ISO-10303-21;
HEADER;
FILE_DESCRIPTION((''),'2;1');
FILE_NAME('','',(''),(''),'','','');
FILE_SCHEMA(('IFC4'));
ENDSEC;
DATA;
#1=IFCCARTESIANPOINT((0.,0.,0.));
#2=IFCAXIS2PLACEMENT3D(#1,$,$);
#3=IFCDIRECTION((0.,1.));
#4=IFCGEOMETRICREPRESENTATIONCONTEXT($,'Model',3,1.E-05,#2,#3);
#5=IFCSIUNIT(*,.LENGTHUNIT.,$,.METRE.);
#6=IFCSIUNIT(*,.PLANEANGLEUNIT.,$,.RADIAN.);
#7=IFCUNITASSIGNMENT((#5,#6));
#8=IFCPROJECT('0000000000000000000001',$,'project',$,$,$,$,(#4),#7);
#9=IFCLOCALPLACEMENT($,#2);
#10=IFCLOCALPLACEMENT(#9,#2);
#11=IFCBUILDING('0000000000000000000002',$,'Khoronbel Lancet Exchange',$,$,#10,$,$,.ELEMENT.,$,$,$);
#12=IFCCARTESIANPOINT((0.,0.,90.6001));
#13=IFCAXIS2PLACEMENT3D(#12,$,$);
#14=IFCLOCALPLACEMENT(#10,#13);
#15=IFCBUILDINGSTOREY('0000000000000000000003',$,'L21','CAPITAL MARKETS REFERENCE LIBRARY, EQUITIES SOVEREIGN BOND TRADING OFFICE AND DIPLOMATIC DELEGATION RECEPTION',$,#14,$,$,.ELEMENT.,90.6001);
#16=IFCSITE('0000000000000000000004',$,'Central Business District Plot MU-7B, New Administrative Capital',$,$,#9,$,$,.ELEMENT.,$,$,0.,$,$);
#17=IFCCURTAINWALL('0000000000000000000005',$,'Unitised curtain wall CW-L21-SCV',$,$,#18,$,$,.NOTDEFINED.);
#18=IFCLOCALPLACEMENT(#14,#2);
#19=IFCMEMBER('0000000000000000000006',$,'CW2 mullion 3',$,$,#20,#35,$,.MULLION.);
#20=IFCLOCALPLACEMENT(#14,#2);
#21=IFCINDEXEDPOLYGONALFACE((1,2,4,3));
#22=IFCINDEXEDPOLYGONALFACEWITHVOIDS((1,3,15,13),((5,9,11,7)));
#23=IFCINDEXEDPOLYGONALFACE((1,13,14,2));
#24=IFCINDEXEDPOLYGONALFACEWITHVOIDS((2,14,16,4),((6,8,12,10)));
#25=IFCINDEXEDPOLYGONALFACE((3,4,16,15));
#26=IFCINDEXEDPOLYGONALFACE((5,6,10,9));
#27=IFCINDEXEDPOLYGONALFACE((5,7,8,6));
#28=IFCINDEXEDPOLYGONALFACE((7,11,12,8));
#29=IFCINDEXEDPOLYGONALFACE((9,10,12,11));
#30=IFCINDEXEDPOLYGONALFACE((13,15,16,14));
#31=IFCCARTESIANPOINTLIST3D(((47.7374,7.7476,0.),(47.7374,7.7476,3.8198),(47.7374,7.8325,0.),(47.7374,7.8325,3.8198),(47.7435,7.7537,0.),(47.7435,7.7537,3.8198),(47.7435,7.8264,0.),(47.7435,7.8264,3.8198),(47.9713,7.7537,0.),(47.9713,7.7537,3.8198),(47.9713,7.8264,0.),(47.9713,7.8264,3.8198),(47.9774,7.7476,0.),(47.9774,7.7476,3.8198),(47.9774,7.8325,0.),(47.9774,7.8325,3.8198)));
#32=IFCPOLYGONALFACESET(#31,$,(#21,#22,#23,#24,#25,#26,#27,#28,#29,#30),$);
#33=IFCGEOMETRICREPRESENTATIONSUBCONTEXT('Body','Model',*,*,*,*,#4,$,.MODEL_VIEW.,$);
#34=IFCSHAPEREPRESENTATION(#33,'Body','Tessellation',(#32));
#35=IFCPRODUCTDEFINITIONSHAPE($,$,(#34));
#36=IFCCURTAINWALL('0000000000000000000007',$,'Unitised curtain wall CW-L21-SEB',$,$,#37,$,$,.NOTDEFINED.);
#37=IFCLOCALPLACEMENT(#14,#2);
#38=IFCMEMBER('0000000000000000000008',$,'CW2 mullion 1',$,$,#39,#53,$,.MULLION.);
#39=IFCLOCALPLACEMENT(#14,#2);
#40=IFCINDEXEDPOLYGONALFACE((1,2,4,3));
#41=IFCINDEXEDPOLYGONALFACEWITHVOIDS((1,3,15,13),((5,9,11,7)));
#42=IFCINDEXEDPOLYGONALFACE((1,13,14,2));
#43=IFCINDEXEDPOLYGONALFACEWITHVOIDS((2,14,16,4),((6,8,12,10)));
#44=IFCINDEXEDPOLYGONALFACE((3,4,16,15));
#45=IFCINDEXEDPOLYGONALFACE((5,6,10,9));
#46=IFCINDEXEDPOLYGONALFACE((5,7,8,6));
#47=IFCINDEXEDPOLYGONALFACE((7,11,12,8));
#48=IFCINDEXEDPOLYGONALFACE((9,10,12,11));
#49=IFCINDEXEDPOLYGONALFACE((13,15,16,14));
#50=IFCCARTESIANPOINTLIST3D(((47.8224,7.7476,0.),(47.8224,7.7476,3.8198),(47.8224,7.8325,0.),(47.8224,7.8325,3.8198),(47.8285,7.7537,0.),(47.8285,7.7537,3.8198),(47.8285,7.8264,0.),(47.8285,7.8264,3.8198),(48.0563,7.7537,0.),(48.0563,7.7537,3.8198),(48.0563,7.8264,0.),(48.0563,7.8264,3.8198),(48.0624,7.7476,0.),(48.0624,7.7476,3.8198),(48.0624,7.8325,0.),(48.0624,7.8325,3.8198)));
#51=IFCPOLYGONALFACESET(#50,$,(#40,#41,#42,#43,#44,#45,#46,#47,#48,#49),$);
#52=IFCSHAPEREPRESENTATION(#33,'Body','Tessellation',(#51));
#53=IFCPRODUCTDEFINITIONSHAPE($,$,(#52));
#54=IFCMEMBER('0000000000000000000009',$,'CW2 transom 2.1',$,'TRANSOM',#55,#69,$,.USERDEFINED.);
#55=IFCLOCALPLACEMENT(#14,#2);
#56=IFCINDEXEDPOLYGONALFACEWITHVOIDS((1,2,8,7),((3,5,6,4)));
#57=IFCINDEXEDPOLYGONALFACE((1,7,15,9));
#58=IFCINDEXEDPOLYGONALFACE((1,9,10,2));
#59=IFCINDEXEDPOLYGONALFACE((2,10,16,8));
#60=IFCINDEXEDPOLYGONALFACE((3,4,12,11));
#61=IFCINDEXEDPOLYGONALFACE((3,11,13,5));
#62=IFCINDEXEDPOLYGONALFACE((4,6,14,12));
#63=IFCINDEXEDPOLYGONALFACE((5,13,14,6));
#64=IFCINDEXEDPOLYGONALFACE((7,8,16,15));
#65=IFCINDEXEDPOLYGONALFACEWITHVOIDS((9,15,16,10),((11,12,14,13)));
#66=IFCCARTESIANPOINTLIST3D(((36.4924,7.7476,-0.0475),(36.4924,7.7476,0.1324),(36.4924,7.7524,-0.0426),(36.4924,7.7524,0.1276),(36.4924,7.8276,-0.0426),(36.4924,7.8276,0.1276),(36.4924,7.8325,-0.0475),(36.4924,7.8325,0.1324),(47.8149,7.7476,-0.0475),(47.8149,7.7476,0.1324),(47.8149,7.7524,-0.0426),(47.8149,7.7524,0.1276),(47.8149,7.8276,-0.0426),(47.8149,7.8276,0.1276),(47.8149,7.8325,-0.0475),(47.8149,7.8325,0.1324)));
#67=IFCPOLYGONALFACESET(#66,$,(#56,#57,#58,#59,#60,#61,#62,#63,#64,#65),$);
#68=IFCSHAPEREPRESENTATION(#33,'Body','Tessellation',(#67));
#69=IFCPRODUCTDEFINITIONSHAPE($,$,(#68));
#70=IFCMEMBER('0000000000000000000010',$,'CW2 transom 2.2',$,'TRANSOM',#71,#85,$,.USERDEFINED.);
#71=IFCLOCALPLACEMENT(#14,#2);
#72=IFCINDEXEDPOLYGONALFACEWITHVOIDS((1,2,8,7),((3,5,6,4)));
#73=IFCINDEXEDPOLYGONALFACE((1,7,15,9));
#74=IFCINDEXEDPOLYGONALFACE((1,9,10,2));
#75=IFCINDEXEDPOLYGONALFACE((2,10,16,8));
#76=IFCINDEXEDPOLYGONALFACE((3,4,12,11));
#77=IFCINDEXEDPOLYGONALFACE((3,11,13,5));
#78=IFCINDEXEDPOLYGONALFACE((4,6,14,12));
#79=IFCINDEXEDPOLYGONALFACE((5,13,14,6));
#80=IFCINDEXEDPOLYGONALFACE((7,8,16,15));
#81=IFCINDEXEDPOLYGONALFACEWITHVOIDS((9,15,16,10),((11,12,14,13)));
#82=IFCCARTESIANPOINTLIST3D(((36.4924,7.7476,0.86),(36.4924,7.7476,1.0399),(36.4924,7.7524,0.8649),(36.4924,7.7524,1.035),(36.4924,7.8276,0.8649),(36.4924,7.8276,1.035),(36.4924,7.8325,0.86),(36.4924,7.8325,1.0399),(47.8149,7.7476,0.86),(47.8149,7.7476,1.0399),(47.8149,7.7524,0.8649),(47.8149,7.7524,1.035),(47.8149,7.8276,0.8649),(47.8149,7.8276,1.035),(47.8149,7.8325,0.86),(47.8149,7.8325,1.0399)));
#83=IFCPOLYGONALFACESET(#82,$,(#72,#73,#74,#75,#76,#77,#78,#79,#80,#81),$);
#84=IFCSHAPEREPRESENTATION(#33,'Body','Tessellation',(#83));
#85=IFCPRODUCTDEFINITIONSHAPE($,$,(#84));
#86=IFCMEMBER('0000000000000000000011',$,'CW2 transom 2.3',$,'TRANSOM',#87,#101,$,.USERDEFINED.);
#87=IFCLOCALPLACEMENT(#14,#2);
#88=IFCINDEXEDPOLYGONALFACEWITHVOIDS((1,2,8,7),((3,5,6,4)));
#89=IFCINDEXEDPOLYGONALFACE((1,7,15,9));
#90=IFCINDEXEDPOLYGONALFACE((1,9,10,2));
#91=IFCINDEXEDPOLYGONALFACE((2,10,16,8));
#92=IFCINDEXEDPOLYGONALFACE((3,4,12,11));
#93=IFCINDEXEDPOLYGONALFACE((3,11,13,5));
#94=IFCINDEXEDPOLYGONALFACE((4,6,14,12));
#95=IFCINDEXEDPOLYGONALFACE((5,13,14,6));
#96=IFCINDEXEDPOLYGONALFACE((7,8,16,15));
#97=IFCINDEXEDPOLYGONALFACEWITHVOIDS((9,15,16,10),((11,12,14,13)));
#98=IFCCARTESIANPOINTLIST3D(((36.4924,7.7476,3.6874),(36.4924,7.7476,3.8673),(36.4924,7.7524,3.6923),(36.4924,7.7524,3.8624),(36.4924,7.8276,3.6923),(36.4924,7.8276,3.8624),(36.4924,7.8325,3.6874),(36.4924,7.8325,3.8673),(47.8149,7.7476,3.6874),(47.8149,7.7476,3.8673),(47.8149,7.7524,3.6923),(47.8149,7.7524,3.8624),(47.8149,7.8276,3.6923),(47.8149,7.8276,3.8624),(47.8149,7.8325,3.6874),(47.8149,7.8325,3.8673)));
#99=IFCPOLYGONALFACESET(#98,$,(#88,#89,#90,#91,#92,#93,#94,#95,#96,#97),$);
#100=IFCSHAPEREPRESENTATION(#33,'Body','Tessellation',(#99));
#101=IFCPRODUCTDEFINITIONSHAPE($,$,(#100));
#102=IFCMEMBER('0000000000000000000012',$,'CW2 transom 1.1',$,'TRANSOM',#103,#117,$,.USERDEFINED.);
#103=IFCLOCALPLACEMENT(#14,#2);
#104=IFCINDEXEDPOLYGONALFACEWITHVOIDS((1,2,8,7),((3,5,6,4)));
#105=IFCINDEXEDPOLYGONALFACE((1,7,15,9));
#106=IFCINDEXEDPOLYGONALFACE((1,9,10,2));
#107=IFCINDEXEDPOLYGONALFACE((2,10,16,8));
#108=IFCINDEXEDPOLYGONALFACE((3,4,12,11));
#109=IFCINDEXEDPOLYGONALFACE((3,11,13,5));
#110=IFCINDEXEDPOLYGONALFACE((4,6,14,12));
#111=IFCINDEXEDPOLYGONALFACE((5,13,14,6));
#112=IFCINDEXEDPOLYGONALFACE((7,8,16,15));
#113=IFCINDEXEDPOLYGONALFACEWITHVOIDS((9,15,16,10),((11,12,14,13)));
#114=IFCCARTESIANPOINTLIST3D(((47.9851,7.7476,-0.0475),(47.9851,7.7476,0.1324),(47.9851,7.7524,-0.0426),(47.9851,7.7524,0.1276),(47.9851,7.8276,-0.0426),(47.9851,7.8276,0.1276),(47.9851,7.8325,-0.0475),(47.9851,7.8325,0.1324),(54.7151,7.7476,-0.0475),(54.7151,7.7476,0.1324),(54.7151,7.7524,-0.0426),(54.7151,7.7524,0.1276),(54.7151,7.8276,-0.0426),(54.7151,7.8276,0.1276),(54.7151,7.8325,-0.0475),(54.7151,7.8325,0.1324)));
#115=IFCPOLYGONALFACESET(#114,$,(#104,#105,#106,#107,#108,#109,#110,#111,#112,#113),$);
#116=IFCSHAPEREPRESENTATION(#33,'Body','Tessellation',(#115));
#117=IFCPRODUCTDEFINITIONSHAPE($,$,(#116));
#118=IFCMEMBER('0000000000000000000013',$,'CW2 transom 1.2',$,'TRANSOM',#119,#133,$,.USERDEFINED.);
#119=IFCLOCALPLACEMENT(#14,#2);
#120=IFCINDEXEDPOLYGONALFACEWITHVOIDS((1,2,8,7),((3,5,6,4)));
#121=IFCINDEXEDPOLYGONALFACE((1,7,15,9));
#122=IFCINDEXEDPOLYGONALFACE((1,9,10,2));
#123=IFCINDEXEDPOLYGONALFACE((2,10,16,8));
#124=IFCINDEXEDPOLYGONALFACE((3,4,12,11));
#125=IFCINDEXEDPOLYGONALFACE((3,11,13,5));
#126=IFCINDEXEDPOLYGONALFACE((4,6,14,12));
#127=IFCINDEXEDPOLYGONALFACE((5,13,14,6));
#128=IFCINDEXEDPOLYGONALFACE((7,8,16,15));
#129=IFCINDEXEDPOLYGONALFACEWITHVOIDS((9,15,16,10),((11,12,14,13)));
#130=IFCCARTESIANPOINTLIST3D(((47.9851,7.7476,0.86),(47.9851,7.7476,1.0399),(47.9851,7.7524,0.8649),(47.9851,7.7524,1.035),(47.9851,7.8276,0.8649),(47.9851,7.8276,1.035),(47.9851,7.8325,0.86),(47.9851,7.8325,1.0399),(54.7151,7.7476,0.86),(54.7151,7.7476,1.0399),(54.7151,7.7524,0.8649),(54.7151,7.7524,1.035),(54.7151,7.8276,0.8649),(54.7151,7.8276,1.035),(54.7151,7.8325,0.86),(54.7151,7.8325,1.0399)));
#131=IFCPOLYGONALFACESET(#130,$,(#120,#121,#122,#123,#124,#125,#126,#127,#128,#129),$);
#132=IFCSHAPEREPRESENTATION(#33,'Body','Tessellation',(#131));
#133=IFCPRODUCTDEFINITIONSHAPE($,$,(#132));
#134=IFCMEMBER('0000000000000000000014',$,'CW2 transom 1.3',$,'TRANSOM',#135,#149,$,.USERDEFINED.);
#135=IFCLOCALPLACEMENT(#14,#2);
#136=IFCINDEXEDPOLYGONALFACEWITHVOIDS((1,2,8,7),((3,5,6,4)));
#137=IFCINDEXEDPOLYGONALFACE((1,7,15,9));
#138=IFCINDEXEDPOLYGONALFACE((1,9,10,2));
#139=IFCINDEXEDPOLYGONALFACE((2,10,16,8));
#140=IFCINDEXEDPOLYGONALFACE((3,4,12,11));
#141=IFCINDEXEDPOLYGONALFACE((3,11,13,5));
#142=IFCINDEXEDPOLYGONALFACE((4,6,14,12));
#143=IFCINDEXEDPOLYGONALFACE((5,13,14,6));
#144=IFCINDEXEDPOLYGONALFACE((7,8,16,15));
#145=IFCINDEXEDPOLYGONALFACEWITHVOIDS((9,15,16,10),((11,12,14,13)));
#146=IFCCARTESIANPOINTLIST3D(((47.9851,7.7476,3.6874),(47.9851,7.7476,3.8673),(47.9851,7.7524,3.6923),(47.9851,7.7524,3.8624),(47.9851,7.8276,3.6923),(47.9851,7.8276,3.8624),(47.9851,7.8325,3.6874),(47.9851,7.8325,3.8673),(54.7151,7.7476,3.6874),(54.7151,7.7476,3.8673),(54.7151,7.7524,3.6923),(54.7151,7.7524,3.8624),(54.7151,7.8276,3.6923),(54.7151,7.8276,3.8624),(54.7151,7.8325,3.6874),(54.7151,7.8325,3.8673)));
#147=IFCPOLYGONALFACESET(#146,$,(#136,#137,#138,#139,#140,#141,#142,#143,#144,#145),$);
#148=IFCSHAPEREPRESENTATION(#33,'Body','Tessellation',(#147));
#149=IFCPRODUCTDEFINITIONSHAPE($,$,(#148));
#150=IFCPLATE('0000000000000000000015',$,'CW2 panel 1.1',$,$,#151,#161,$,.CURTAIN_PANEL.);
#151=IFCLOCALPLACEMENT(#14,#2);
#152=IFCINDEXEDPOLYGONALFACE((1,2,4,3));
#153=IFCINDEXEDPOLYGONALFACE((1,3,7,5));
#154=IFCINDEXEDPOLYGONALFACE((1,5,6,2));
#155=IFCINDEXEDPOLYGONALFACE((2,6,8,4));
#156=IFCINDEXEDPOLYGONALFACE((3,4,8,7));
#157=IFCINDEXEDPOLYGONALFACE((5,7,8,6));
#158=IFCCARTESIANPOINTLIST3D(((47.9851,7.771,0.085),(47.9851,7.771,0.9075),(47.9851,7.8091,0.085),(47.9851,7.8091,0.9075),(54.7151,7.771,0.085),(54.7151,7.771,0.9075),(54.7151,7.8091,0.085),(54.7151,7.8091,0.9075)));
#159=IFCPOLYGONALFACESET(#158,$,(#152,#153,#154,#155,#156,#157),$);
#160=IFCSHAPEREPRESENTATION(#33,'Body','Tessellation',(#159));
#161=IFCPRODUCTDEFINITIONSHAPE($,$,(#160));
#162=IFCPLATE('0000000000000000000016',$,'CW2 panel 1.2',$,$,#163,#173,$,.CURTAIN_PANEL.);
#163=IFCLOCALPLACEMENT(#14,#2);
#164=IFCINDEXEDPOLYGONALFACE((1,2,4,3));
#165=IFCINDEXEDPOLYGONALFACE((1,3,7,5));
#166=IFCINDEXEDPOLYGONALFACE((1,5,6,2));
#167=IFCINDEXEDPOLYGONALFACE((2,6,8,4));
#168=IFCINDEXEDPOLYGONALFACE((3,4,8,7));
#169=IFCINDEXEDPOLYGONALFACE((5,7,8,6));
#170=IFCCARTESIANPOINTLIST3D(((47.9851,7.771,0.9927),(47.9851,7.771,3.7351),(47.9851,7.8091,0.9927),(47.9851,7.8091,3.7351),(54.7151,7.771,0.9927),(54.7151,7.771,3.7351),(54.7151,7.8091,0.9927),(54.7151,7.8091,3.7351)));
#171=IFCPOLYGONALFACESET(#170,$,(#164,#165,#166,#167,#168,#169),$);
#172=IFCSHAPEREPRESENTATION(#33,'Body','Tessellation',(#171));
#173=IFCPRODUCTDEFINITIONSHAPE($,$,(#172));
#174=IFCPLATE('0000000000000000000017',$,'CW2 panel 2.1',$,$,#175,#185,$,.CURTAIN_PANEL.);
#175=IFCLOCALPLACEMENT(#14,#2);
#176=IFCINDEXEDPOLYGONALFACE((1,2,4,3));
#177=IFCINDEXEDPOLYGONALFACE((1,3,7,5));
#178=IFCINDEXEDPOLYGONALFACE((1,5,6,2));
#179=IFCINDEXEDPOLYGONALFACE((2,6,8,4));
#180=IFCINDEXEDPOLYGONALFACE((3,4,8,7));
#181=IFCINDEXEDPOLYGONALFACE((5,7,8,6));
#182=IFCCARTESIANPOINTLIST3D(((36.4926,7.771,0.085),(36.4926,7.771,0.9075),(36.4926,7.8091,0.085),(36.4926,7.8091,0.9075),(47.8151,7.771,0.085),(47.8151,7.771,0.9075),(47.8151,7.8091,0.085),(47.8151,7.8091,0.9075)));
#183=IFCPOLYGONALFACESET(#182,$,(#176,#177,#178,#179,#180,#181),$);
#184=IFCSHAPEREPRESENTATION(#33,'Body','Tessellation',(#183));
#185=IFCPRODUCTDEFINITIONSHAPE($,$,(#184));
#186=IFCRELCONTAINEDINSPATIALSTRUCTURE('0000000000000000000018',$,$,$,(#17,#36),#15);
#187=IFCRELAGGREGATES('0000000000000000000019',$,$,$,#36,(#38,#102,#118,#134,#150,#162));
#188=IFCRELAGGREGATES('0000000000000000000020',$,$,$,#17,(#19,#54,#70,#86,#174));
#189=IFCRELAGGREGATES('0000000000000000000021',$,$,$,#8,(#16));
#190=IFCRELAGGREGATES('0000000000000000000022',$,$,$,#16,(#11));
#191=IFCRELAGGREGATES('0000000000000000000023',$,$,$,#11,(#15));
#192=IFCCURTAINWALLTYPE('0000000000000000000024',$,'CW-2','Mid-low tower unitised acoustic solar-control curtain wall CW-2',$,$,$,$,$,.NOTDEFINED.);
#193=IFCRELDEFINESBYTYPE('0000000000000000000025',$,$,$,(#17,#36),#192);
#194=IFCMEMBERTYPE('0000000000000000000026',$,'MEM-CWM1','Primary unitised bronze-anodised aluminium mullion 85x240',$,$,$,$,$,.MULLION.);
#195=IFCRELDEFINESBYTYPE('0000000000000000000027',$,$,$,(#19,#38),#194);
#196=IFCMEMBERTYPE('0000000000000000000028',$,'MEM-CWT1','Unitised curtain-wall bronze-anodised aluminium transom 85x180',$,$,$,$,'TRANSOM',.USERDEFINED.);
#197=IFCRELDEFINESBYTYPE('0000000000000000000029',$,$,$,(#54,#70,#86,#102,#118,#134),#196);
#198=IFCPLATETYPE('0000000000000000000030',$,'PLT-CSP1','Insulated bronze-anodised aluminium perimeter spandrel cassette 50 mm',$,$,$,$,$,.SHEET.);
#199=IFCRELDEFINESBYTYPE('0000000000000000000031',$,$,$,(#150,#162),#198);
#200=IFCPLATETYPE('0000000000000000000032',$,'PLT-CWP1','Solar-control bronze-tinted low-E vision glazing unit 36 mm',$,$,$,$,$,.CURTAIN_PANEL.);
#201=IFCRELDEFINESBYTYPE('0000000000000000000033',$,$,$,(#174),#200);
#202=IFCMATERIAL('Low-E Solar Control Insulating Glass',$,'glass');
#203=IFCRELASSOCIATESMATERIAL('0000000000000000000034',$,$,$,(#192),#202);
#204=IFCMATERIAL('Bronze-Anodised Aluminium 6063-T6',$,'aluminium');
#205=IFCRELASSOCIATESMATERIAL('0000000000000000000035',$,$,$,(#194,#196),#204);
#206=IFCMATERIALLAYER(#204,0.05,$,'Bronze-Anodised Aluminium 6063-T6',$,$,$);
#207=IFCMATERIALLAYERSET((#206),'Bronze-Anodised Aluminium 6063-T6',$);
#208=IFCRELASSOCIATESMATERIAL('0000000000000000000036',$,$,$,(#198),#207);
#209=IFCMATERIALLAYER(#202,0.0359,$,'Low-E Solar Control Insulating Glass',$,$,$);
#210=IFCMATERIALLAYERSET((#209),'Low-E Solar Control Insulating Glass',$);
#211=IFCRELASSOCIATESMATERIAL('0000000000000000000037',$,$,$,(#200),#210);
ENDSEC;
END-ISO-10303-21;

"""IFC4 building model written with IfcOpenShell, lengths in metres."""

from ifc_helpers import new_model, si_unit, direction, frame, origin, origin_2d, place, context, subcontext, project, spatial, rectangle, hollow_rectangle, extrude, material, layer, layer_set, material_profile, profile_set, type_object, element, aggregate, save


model = new_model("IFC4")

# Units and contexts
model_context = context("Model", 3, precision=1e-05, world=origin(), true_north=direction((0.0, 1.0)))
body_context = subcontext(model_context, "Body", "Model", "MODEL_VIEW")
ifc_project = project(units=[si_unit("LENGTHUNIT", "METRE"), si_unit("PLANEANGLEUNIT", "RADIAN")], contexts=[model_context])

# Site, building, storey
site_placement = place(None, origin())
site = spatial("IfcSite", under=ifc_project, at=site_placement, Name="Central Business District Plot MU-7B, New Administrative Capital", CompositionType="ELEMENT", RefElevation=0.0)
building_placement = place(site_placement, origin())
building = spatial("IfcBuilding", under=site, at=building_placement, Name="Khoronbel Lancet Exchange", CompositionType="ELEMENT")
storey_placement = place(building_placement, frame((0.0, 0.0, 90.6001)))
storey = spatial("IfcBuildingStorey", under=building, at=storey_placement, Name="L21", Description="CAPITAL MARKETS REFERENCE LIBRARY, EQUITIES SOVEREIGN BOND TRADING OFFICE AND DIPLOMATIC DELEGATION RECEPTION", CompositionType="ELEMENT", Elevation=90.6001)

# Curtain wall, member
ifc_material_1 = material(Name="Low-E Solar Control Insulating Glass", Category="glass")
curtain_wall_type = type_object("IfcCurtainWallType", Name="CW-2", Description="Mid-low tower unitised acoustic solar-control curtain wall CW-2", PredefinedType="NOTDEFINED", material=ifc_material_1)
curtain_wall_1_placement = place(storey_placement, origin())
curtain_wall_1 = element("IfcCurtainWall", 1, at=curtain_wall_1_placement, inside=storey, type_object=curtain_wall_type, Name="Unitised curtain wall CW-L21-SCV", PredefinedType="NOTDEFINED")
ifc_material_2 = material(Name="Bronze-Anodised Aluminium 6063-T6", Category="aluminium")
ifc_material_profile_1 = material_profile(ifc_material_2, hollow_rectangle(XDim=0.085, YDim=0.24, WallThickness=0.0061, at=origin_2d()), Name="ALU MULLION 85x240")
ifc_profile_set_1 = profile_set([ifc_material_profile_1], Name="Bronze-Anodised Aluminium 6063-T6")
member_type_1 = type_object("IfcMemberType", Name="MEM-CWM1", Description="Primary unitised bronze-anodised aluminium mullion 85x240", PredefinedType="MULLION", material=ifc_profile_set_1)
member_1_placement = place(storey_placement, frame((47.8574, 7.79, 0.0), z_axis=(0.0, 0.0, 1.0), x_axis=(0.0, 1.0, 0.0)))
member_1 = element("IfcMember", 2, at=member_1_placement, type_object=member_type_1, Name="CW2 mullion 3", PredefinedType="MULLION", context=body_context, shape_type="SweptSolid", body=[
    extrude(hollow_rectangle(XDim=0.085, YDim=0.24, WallThickness=0.0061, at=origin_2d()), origin(), (0.0, 0.0, 1.0), 3.8198),
])

# Curtain wall, member
curtain_wall_2_placement = place(storey_placement, origin())
curtain_wall_2 = element("IfcCurtainWall", 3, at=curtain_wall_2_placement, inside=storey, type_object=curtain_wall_type, Name="Unitised curtain wall CW-L21-SEB", PredefinedType="NOTDEFINED")
member_2_placement = place(storey_placement, frame((47.9424, 7.79, 0.0), z_axis=(0.0, 0.0, 1.0), x_axis=(0.0, 1.0, 0.0)))
member_2 = element("IfcMember", 4, at=member_2_placement, type_object=member_type_1, Name="CW2 mullion 1", PredefinedType="MULLION", context=body_context, shape_type="SweptSolid", body=[
    extrude(hollow_rectangle(XDim=0.085, YDim=0.24, WallThickness=0.0061, at=origin_2d()), origin(), (0.0, 0.0, 1.0), 3.8198),
])

# Members
ifc_material_profile_2 = material_profile(ifc_material_2, hollow_rectangle(XDim=0.085, YDim=0.1799, WallThickness=0.0049, at=origin_2d()), Name="ALU TRANSOM 85x180")
ifc_profile_set_2 = profile_set([ifc_material_profile_2], Name="Bronze-Anodised Aluminium 6063-T6")
member_type_2 = type_object("IfcMemberType", Name="MEM-CWT1", Description="Unitised curtain-wall bronze-anodised aluminium transom 85x180", ElementType="TRANSOM", PredefinedType="USERDEFINED", material=ifc_profile_set_2)
member_3_placement = place(storey_placement, frame((36.4924, 7.79, 0.0425), z_axis=(1.0, 0.0, 0.0), x_axis=(0.0, 1.0, 0.0)))
member_3 = element("IfcMember", 5, at=member_3_placement, type_object=member_type_2, Name="CW2 transom 2.1", ObjectType="TRANSOM", PredefinedType="USERDEFINED", context=body_context, shape_type="SweptSolid", body=[
    extrude(hollow_rectangle(XDim=0.085, YDim=0.1799, WallThickness=0.0049, at=origin_2d()), origin(), (0.0, 0.0, 1.0), 11.3225),
])
member_4_placement = place(storey_placement, frame((36.4924, 7.79, 0.95), z_axis=(1.0, 0.0, 0.0), x_axis=(0.0, 1.0, 0.0)))
member_4 = element("IfcMember", 6, at=member_4_placement, type_object=member_type_2, Name="CW2 transom 2.2", ObjectType="TRANSOM", PredefinedType="USERDEFINED", context=body_context, shape_type="SweptSolid", body=[
    extrude(hollow_rectangle(XDim=0.085, YDim=0.1799, WallThickness=0.0049, at=origin_2d()), origin(), (0.0, 0.0, 1.0), 11.3225),
])
member_5_placement = place(storey_placement, frame((36.4924, 7.79, 3.7773), z_axis=(1.0, 0.0, 0.0), x_axis=(0.0, 1.0, 0.0)))
member_5 = element("IfcMember", 7, at=member_5_placement, type_object=member_type_2, Name="CW2 transom 2.3", ObjectType="TRANSOM", PredefinedType="USERDEFINED", context=body_context, shape_type="SweptSolid", body=[
    extrude(hollow_rectangle(XDim=0.085, YDim=0.1799, WallThickness=0.0049, at=origin_2d()), origin(), (0.0, 0.0, 1.0), 11.3225),
])
member_6_placement = place(storey_placement, frame((47.9851, 7.79, 0.0425), z_axis=(1.0, 0.0, 0.0), x_axis=(0.0, 1.0, 0.0)))
member_6 = element("IfcMember", 8, at=member_6_placement, type_object=member_type_2, Name="CW2 transom 1.1", ObjectType="TRANSOM", PredefinedType="USERDEFINED", context=body_context, shape_type="SweptSolid", body=[
    extrude(hollow_rectangle(XDim=0.085, YDim=0.1799, WallThickness=0.0049, at=origin_2d()), origin(), (0.0, 0.0, 1.0), 6.73),
])
member_7_placement = place(storey_placement, frame((47.9851, 7.79, 0.95), z_axis=(1.0, 0.0, 0.0), x_axis=(0.0, 1.0, 0.0)))
member_7 = element("IfcMember", 9, at=member_7_placement, type_object=member_type_2, Name="CW2 transom 1.2", ObjectType="TRANSOM", PredefinedType="USERDEFINED", context=body_context, shape_type="SweptSolid", body=[
    extrude(hollow_rectangle(XDim=0.085, YDim=0.1799, WallThickness=0.0049, at=origin_2d()), origin(), (0.0, 0.0, 1.0), 6.73),
])
member_8_placement = place(storey_placement, frame((47.9851, 7.79, 3.7773), z_axis=(1.0, 0.0, 0.0), x_axis=(0.0, 1.0, 0.0)))
member_8 = element("IfcMember", 10, at=member_8_placement, type_object=member_type_2, Name="CW2 transom 1.3", ObjectType="TRANSOM", PredefinedType="USERDEFINED", context=body_context, shape_type="SweptSolid", body=[
    extrude(hollow_rectangle(XDim=0.085, YDim=0.1799, WallThickness=0.0049, at=origin_2d()), origin(), (0.0, 0.0, 1.0), 6.73),
])

# Plates
ifc_layer_1 = layer(ifc_material_2, 0.05, Name="Bronze-Anodised Aluminium 6063-T6")
ifc_layer_set_1 = layer_set([ifc_layer_1], Name="Bronze-Anodised Aluminium 6063-T6")
plate_type_1 = type_object("IfcPlateType", Name="PLT-CSP1", Description="Insulated bronze-anodised aluminium perimeter spandrel cassette 50 mm", PredefinedType="SHEET", material=ifc_layer_set_1)
plate_1_placement = place(storey_placement, frame((51.3501, 7.79, 0.085), z_axis=(0.0, 0.0, 1.0), x_axis=(1.0, 0.0, 0.0)))
plate_1 = element("IfcPlate", 11, at=plate_1_placement, type_object=plate_type_1, Name="CW2 panel 1.1", PredefinedType="CURTAIN_PANEL", context=body_context, shape_type="SweptSolid", body=[
    extrude(rectangle(XDim=6.73, YDim=0.0381, at=origin_2d()), origin(), (0.0, 0.0, 1.0), 0.8225),
])
plate_2_placement = place(storey_placement, frame((51.3501, 7.79, 0.9927), z_axis=(0.0, 0.0, 1.0), x_axis=(1.0, 0.0, 0.0)))
plate_2 = element("IfcPlate", 12, at=plate_2_placement, type_object=plate_type_1, Name="CW2 panel 1.2", PredefinedType="CURTAIN_PANEL", context=body_context, shape_type="SweptSolid", body=[
    extrude(rectangle(XDim=6.73, YDim=0.0381, at=origin_2d()), origin(), (0.0, 0.0, 1.0), 2.7424),
])
aggregate(curtain_wall_2, [member_2, member_6, member_7, member_8, plate_1, plate_2])
ifc_layer_2 = layer(ifc_material_1, 0.0359, Name="Low-E Solar Control Insulating Glass")
ifc_layer_set_2 = layer_set([ifc_layer_2], Name="Low-E Solar Control Insulating Glass")
plate_type_2 = type_object("IfcPlateType", Name="PLT-CWP1", Description="Solar-control bronze-tinted low-E vision glazing unit 36 mm", PredefinedType="CURTAIN_PANEL", material=ifc_layer_set_2)
plate_3_placement = place(storey_placement, frame((42.1538, 7.79, 0.085), z_axis=(0.0, 0.0, 1.0), x_axis=(1.0, 0.0, 0.0)))
plate_3 = element("IfcPlate", 13, at=plate_3_placement, type_object=plate_type_2, Name="CW2 panel 2.1", PredefinedType="CURTAIN_PANEL", context=body_context, shape_type="SweptSolid", body=[
    extrude(rectangle(XDim=11.3225, YDim=0.0381, at=origin_2d()), origin(), (0.0, 0.0, 1.0), 0.8225),
])
aggregate(curtain_wall_1, [member_1, member_3, member_4, member_5, plate_3])

save(model, "model.ifc")
